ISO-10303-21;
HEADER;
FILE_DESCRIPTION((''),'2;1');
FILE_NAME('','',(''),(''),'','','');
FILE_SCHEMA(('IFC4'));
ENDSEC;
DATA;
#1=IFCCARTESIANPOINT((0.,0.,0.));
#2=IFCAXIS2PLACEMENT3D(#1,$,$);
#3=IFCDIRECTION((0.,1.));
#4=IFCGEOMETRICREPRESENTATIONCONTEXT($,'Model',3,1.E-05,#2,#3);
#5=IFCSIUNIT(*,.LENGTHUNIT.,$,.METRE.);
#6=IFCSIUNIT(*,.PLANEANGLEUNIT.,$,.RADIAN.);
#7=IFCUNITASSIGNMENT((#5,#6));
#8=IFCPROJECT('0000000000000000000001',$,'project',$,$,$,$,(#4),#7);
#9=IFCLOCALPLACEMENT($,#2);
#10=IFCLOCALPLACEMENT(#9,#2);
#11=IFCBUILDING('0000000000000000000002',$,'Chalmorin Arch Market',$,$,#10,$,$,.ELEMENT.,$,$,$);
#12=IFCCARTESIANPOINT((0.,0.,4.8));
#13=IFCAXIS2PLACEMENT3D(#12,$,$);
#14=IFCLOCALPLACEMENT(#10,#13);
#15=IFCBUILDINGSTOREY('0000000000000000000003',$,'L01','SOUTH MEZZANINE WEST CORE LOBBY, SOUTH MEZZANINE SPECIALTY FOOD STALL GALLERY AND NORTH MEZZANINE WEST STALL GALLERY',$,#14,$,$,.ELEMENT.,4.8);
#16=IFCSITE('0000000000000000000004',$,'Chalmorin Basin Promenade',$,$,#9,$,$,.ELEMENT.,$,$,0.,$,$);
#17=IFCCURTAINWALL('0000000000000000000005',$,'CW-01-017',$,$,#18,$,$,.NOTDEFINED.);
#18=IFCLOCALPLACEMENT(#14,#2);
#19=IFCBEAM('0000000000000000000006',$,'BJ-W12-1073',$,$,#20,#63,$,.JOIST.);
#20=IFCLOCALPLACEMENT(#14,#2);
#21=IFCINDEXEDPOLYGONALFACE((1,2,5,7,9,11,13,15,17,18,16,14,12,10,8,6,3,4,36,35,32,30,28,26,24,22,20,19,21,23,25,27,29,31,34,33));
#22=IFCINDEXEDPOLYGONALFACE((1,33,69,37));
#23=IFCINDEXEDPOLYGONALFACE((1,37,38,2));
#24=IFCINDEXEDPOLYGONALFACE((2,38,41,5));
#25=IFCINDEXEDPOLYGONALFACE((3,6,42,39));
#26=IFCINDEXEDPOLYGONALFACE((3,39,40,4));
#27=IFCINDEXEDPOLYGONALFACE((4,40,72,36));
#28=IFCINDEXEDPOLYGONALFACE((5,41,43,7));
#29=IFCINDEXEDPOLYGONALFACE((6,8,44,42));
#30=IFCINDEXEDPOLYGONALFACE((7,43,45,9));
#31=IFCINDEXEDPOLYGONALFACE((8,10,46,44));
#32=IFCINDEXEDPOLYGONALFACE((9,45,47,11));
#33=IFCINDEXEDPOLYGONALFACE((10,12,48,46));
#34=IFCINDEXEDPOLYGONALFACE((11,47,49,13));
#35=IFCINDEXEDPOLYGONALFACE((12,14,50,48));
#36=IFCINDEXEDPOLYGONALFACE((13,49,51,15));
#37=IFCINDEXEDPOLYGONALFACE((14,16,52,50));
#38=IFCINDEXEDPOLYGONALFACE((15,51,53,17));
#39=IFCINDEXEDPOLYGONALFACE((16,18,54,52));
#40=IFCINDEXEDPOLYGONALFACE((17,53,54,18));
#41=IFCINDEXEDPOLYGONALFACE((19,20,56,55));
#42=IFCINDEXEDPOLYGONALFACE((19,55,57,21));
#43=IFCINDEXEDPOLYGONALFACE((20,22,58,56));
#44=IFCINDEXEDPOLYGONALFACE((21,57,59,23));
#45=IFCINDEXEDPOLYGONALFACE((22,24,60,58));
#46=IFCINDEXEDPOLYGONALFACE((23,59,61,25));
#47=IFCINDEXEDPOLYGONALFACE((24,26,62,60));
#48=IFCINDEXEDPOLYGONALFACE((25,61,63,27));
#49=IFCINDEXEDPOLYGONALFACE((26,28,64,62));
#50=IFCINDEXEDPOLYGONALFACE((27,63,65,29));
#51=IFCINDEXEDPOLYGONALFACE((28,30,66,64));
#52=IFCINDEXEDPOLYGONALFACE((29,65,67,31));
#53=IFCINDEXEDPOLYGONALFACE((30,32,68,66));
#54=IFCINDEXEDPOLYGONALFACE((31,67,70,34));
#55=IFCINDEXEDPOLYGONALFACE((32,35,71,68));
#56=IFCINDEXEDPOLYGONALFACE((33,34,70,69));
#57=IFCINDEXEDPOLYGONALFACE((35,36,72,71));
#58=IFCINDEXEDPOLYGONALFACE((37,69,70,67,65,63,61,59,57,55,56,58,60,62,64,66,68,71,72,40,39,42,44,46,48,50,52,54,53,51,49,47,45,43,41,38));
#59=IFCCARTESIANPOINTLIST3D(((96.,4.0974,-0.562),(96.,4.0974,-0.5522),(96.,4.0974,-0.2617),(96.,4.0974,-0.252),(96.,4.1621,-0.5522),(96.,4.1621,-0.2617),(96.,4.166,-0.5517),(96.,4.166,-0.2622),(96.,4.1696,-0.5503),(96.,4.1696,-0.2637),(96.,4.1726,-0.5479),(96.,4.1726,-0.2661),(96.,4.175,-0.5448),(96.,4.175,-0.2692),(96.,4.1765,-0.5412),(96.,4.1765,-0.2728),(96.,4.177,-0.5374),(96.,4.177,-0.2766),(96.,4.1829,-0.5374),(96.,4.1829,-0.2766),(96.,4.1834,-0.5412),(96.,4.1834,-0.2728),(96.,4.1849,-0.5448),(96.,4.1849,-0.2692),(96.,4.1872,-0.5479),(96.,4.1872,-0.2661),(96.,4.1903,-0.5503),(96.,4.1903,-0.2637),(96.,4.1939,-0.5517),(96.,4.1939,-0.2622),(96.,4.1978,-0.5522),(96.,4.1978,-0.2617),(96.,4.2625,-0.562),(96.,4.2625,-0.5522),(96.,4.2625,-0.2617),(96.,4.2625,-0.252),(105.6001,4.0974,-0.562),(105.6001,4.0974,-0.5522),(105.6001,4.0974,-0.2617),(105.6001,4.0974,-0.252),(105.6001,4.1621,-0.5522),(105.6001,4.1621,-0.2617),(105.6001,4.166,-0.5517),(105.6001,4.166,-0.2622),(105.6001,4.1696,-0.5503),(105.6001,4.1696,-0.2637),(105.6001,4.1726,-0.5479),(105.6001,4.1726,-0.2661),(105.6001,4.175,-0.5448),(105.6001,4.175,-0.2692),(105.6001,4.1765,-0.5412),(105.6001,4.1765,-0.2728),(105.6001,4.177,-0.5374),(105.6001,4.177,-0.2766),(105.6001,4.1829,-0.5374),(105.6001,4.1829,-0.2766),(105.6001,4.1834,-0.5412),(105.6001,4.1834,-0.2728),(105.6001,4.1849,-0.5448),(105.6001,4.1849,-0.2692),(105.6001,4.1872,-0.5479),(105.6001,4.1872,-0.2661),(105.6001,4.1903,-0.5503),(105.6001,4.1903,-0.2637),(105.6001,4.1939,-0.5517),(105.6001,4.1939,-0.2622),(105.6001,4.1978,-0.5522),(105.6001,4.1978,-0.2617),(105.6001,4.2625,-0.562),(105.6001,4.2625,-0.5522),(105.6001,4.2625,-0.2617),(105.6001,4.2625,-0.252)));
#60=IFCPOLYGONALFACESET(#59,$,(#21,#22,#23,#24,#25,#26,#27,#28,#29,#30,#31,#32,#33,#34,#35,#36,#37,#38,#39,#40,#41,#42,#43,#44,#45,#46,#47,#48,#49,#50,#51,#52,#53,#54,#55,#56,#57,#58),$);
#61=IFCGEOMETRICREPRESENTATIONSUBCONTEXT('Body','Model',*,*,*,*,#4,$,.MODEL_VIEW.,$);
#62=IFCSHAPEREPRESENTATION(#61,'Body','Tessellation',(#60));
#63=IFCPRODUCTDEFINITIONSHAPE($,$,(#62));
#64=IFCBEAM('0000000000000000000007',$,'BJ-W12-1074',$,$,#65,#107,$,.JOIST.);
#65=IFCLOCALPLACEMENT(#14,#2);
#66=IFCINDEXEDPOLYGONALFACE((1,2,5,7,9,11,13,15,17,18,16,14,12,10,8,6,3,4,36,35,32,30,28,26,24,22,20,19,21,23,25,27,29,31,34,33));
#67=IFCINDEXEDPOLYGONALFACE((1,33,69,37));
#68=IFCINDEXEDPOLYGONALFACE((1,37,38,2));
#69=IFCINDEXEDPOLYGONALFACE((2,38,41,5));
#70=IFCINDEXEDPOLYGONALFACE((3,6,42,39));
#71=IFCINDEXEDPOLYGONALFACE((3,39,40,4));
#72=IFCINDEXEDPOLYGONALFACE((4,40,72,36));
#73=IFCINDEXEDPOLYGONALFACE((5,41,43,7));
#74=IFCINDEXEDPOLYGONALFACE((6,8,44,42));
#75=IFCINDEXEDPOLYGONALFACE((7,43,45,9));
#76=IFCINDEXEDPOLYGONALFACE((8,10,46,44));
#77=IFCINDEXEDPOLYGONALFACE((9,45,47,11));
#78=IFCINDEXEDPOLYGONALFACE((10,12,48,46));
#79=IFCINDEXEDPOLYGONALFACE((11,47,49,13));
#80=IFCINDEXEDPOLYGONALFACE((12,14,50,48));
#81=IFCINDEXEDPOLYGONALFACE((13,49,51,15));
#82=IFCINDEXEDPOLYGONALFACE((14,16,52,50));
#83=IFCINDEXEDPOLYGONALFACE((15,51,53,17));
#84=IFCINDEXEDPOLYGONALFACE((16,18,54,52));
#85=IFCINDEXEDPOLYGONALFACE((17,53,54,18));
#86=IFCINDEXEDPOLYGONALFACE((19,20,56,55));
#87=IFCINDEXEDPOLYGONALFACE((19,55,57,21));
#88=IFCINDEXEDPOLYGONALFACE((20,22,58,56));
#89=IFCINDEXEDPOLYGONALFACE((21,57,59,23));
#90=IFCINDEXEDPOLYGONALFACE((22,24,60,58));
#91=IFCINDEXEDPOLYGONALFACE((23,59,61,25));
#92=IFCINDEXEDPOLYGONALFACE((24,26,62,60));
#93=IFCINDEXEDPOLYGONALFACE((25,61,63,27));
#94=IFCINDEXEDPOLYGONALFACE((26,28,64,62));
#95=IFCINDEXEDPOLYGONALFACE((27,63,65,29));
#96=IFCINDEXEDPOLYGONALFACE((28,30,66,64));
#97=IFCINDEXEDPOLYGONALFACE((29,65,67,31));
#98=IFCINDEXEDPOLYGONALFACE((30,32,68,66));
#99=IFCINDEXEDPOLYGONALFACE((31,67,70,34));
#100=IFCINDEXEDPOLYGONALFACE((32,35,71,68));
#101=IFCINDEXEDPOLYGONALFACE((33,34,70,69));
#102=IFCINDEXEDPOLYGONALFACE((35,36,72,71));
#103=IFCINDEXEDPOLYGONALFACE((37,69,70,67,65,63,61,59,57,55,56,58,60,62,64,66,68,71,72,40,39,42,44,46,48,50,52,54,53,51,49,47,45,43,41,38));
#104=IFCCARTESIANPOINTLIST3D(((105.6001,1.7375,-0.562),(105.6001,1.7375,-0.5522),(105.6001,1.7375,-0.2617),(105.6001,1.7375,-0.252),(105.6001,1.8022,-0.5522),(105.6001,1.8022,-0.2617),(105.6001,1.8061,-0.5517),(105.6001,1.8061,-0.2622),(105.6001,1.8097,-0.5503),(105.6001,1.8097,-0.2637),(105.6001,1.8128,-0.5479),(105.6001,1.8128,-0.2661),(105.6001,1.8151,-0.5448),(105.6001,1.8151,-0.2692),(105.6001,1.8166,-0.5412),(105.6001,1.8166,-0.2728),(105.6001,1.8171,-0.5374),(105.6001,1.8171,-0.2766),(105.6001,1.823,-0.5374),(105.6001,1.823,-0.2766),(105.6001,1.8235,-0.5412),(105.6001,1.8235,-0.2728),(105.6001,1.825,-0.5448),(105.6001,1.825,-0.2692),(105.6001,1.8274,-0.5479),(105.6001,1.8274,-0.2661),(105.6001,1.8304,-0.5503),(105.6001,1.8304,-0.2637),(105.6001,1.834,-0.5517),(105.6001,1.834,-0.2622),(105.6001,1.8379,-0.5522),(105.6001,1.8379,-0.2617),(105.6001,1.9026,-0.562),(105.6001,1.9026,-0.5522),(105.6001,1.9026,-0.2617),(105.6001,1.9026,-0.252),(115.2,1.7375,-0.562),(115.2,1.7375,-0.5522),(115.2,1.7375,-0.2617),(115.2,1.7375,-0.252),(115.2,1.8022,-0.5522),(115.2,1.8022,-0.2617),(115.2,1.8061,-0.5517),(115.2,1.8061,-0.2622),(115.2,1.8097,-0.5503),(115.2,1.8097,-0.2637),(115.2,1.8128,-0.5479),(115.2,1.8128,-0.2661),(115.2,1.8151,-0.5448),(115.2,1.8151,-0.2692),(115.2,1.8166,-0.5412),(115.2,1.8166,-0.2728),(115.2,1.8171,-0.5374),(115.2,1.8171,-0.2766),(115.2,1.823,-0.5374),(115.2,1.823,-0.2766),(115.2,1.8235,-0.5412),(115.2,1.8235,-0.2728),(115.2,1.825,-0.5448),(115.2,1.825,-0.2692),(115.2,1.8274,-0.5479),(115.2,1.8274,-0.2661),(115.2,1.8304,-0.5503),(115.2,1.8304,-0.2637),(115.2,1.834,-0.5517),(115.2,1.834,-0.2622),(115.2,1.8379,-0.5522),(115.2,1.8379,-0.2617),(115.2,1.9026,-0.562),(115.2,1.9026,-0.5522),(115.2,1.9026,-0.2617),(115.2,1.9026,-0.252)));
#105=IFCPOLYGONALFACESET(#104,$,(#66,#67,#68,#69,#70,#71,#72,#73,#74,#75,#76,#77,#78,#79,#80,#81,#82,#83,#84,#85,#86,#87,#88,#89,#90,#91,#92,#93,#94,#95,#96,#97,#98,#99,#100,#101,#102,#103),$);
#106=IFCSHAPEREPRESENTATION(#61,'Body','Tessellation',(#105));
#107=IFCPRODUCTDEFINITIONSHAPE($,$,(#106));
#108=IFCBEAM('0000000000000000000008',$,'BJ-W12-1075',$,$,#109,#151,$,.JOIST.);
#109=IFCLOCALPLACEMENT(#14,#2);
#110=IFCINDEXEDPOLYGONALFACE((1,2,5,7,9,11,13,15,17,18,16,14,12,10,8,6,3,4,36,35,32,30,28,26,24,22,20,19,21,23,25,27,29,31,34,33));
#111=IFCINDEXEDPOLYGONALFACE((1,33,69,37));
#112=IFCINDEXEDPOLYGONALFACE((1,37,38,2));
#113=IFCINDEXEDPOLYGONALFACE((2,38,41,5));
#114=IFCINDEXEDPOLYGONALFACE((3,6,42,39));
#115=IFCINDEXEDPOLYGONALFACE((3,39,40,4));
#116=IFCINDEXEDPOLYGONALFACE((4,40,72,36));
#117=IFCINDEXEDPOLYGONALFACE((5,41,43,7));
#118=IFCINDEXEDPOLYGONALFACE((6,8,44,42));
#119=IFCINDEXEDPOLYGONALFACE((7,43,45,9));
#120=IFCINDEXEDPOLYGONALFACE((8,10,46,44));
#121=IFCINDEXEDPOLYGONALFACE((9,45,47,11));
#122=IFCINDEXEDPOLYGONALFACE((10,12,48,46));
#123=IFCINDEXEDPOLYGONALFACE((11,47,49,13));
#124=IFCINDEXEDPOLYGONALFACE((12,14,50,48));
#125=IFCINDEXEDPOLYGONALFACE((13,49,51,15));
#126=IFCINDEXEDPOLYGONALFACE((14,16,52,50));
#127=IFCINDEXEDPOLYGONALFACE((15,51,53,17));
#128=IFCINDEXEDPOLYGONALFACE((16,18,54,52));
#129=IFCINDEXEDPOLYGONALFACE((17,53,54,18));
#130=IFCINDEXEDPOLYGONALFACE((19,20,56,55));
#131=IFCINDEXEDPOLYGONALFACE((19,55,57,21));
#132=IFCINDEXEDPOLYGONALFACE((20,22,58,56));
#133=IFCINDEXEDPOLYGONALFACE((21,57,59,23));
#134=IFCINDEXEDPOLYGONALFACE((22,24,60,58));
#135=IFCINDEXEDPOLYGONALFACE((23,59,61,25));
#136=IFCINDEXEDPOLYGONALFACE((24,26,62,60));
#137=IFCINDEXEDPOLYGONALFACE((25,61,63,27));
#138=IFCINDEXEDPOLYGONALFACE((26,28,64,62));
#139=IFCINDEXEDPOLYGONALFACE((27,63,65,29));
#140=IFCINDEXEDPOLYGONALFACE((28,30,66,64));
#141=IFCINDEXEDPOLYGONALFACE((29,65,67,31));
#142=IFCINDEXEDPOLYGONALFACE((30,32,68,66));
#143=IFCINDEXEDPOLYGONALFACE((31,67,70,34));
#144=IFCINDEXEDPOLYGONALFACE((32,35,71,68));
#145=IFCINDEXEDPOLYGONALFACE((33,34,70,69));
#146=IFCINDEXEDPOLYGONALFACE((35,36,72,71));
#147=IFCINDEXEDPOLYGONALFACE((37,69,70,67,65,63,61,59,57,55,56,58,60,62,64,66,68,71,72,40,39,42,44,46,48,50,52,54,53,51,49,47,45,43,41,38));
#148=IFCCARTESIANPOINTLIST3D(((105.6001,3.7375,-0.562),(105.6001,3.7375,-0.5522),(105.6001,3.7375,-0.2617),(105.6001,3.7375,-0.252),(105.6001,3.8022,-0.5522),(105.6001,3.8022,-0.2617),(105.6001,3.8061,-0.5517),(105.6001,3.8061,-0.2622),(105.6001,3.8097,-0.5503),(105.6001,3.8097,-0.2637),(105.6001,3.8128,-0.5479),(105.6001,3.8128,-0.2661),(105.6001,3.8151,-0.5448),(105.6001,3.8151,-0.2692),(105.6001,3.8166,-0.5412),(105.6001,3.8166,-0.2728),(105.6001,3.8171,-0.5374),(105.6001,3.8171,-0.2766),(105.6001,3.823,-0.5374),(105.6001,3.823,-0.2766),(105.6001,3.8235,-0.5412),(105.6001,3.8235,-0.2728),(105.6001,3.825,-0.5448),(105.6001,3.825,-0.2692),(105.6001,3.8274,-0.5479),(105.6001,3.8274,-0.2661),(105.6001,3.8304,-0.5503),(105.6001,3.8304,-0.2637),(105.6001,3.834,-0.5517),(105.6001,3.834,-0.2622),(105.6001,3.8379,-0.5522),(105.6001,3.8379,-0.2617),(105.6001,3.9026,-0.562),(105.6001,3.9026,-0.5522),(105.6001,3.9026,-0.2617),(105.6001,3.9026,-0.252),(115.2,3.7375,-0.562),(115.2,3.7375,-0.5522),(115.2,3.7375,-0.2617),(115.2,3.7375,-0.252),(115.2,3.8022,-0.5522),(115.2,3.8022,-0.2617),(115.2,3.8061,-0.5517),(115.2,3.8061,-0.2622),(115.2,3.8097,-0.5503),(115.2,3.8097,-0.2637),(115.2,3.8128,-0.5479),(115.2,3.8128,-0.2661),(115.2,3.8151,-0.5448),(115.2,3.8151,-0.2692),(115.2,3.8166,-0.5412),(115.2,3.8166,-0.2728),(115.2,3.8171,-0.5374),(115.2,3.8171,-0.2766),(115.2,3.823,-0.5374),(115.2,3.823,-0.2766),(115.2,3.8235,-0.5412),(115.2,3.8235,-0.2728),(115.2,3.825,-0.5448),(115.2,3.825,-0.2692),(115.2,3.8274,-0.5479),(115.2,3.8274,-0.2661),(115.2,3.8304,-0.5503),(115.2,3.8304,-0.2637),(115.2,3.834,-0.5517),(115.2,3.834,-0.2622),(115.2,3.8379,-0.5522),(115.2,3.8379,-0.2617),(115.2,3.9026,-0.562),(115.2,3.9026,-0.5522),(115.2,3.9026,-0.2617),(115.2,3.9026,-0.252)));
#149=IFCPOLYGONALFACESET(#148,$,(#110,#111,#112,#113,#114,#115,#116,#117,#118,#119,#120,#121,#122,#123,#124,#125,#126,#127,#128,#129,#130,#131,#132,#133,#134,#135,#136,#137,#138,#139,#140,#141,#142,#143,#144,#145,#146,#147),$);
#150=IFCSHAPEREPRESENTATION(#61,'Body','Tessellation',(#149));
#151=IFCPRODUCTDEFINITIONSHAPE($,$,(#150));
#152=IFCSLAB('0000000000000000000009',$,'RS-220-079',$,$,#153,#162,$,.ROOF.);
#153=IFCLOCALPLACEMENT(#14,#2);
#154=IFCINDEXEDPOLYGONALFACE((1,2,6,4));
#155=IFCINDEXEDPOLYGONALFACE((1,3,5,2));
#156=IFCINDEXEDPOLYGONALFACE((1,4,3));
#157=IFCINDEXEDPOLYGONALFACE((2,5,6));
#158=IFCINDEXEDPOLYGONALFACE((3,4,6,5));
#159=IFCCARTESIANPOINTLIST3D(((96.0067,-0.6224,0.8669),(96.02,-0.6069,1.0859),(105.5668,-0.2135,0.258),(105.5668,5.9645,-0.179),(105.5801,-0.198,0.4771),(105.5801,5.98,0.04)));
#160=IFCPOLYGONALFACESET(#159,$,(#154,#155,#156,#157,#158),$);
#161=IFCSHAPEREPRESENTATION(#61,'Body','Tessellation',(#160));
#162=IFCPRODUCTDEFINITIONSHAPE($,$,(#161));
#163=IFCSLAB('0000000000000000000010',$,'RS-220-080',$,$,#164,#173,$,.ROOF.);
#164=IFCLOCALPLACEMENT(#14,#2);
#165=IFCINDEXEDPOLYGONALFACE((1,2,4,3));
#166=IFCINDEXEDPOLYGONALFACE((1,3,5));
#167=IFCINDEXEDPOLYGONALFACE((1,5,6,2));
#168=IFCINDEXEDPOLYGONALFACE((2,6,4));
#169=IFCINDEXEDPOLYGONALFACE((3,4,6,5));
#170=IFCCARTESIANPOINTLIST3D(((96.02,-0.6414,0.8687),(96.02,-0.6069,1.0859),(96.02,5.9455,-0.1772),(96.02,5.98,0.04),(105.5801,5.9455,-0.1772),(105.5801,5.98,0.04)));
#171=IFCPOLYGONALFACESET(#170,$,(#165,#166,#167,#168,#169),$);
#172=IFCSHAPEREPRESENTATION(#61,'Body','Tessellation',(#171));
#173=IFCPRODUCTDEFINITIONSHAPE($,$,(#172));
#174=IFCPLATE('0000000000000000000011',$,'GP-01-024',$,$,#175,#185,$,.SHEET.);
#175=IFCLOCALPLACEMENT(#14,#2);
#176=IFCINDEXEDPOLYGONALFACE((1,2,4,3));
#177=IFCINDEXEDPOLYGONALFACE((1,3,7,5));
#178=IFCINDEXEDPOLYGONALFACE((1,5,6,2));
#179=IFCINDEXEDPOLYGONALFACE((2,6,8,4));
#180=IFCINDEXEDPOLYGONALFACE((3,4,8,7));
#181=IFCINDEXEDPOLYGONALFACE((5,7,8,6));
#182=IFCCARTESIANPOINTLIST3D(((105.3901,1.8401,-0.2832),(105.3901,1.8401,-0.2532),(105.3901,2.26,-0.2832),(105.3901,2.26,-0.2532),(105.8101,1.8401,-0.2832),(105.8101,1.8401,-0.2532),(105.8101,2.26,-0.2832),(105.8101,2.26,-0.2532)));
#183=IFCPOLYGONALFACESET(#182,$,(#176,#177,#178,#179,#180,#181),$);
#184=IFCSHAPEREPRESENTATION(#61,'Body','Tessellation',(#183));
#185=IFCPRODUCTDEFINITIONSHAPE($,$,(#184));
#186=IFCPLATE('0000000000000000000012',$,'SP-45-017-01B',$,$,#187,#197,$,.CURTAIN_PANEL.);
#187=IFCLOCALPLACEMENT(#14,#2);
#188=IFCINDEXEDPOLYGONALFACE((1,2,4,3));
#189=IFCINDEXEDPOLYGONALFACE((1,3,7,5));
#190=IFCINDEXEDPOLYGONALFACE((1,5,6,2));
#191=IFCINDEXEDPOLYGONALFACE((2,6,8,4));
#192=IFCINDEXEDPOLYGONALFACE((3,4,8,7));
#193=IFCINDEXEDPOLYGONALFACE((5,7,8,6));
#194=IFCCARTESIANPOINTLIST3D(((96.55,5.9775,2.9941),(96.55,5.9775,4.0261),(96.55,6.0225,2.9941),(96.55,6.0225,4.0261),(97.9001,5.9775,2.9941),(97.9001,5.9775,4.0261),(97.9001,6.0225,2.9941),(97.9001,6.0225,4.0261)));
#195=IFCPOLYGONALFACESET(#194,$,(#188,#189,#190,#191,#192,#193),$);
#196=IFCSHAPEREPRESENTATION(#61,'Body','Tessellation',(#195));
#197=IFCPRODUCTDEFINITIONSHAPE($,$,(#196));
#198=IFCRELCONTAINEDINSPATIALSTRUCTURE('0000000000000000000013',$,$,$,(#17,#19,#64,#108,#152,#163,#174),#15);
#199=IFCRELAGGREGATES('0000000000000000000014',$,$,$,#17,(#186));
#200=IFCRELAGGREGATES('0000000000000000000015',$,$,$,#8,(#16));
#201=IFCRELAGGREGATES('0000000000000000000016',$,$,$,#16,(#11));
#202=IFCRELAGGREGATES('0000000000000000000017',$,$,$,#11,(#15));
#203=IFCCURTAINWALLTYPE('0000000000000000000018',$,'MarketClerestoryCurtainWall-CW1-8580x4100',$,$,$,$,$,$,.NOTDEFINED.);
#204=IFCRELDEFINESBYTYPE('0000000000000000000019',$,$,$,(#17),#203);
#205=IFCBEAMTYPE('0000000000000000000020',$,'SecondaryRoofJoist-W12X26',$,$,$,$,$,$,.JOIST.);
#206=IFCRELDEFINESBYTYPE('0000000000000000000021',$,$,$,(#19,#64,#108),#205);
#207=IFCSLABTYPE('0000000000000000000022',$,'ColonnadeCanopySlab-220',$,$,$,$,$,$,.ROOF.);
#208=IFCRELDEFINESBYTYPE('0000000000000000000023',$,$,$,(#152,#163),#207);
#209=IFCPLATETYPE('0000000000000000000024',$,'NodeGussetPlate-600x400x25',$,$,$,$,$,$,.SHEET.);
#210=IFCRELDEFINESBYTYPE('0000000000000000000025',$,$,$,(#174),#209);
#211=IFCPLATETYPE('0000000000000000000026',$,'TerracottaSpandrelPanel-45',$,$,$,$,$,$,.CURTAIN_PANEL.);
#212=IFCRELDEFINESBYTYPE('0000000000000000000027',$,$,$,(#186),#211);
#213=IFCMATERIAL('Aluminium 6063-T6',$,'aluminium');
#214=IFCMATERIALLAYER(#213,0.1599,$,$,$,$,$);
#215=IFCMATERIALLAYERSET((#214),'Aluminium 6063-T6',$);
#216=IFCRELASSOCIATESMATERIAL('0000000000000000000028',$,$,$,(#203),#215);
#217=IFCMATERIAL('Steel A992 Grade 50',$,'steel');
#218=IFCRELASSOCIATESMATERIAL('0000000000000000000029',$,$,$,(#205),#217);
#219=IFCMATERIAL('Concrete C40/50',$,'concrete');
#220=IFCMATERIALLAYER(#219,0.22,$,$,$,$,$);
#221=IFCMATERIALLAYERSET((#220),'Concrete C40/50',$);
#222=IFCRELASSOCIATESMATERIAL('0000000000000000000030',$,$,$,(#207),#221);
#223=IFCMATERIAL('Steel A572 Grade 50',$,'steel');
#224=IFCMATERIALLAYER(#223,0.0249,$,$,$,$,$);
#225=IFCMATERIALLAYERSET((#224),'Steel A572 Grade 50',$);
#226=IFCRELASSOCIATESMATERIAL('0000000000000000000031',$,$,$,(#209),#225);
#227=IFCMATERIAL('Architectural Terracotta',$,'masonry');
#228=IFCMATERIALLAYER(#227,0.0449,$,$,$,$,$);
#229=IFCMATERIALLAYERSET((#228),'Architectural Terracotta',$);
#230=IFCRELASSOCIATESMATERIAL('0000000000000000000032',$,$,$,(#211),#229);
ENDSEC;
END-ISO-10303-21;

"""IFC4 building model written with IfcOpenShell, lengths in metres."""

from ifc_helpers import new_model, si_unit, direction, frame, origin, origin_2d, place, context, subcontext, project, spatial, polyline, rectangle, i_section, outline, extrude, material, layer, layer_set, material_profile, profile_set, type_object, element, aggregate, save


model = new_model("IFC4")

# Units and contexts
model_context = context("Model", 3, precision=1e-05, world=origin(), true_north=direction((0.0, 1.0)))
body_context = subcontext(model_context, "Body", "Model", "MODEL_VIEW")
ifc_project = project(units=[si_unit("LENGTHUNIT", "METRE"), si_unit("PLANEANGLEUNIT", "RADIAN")], contexts=[model_context])

# Site, building, storey
site_placement = place(None, origin())
site = spatial("IfcSite", under=ifc_project, at=site_placement, Name="Chalmorin Basin Promenade", CompositionType="ELEMENT", RefElevation=0.0)
building_placement = place(site_placement, origin())
building = spatial("IfcBuilding", under=site, at=building_placement, Name="Chalmorin Arch Market", CompositionType="ELEMENT")
storey_placement = place(building_placement, frame((0.0, 0.0, 4.8)))
storey = spatial("IfcBuildingStorey", under=building, at=storey_placement, Name="L01", Description="SOUTH MEZZANINE WEST CORE LOBBY, SOUTH MEZZANINE SPECIALTY FOOD STALL GALLERY AND NORTH MEZZANINE WEST STALL GALLERY", CompositionType="ELEMENT", Elevation=4.8)

# Shared definitions
ifc_material_1 = material(Name="Concrete C40/50", Category="concrete")

# Curtain wall
ifc_material_2 = material(Name="Aluminium 6063-T6", Category="aluminium")
ifc_layer_1 = layer(ifc_material_2, 0.1599)
ifc_layer_set_1 = layer_set([ifc_layer_1], Name="Aluminium 6063-T6")
curtain_wall_type = type_object("IfcCurtainWallType", Name="MarketClerestoryCurtainWall-CW1-8580x4100", PredefinedType="NOTDEFINED", material=ifc_layer_set_1)
curtain_wall_placement = place(storey_placement, origin())
curtain_wall = element("IfcCurtainWall", 1, at=curtain_wall_placement, inside=storey, type_object=curtain_wall_type, Name="CW-01-017", PredefinedType="NOTDEFINED")

# Beams
ifc_material_3 = material(Name="Steel A992 Grade 50", Category="steel")
ifc_material_profile_1 = material_profile(ifc_material_3, i_section(OverallWidth=0.165, OverallDepth=0.3101, WebThickness=0.0059, FlangeThickness=0.0098, FilletRadius=0.0149, at=origin_2d()), Name="W12X26")
ifc_profile_set_1 = profile_set([ifc_material_profile_1], Name="Steel A992 Grade 50")
beam_type_1 = type_object("IfcBeamType", Name="SecondaryRoofJoist-W12X26", PredefinedType="JOIST", material=ifc_profile_set_1)
beam_1_placement = place(storey_placement, frame((96.0, 4.1799, -0.407), z_axis=(1.0, 0.0, 0.0), x_axis=(0.0, 1.0, 0.0)))
element("IfcBeam", 2, at=beam_1_placement, inside=storey, type_object=beam_type_1, Name="BJ-W12-1073", PredefinedType="JOIST", context=body_context, shape_type="SweptSolid", body=[
    extrude(i_section(OverallWidth=0.165, OverallDepth=0.3101, WebThickness=0.0059, FlangeThickness=0.0098, FilletRadius=0.0149, at=origin_2d()), origin(), (0.0, 0.0, 1.0), 9.6001),
])
for number, where, z_axis, x_axis, name in (
    (3, (105.6001, 1.8201, -0.407), (1.0, 0.0, 0.0), (0.0, 1.0, 0.0), "BJ-W12-1074"),
    (4, (105.6001, 3.8201, -0.407), (1.0, 0.0, 0.0), (0.0, 1.0, 0.0), "BJ-W12-1075"),
):
    element("IfcBeam", number, at=place(storey_placement, frame(where, z_axis=z_axis, x_axis=x_axis)), inside=storey, type_object=beam_type_1, Name=name, PredefinedType="JOIST", context=body_context, shape_type="SweptSolid", body=[
        extrude(i_section(OverallWidth=0.165, OverallDepth=0.3101, WebThickness=0.0059, FlangeThickness=0.0098, FilletRadius=0.0149, at=origin_2d()), origin(), (0.0, 0.0, 1.0), 9.5999),
    ])

# Slabs
ifc_layer_2 = layer(ifc_material_1, 0.22)
ifc_layer_set_2 = layer_set([ifc_layer_2], Name="Concrete C40/50")
slab_type = type_object("IfcSlabType", Name="ColonnadeCanopySlab-220", PredefinedType="ROOF", material=ifc_layer_set_2)
slab_1_placement = place(storey_placement, frame((96.02, -0.6069, 1.0859), z_axis=(0.060403, 0.070432, 0.995686), x_axis=(0.99707, 0.04265, -0.063504)))
element("IfcSlab", 5, at=slab_1_placement, inside=storey, type_object=slab_type, Name="RS-220-079", PredefinedType="ROOF", context=body_context, shape_type="SweptSolid", body=[
    extrude(outline(polyline([(0.0, 0.0), (9.5882, 0.0), (9.8794, 6.1866), (0.0, 0.0)])), origin(), (0.0, 0.0, -1.0), 0.22),
])
slab_2_placement = place(storey_placement, frame((96.02, -0.6069, 1.0859), z_axis=(0.0, 0.15682, 0.987627), x_axis=(0.820142, 0.565081, -0.089726)))
element("IfcSlab", 6, at=slab_2_placement, inside=storey, type_object=slab_type, Name="RS-220-080", PredefinedType="ROOF", context=body_context, shape_type="SweptSolid", body=[
    extrude(outline(polyline([(0.0, 0.0), (11.6566, 0.0), (3.816, 5.4699), (0.0, 0.0)])), origin(), (0.0, 0.0, -1.0), 0.22),
])

# Plates
ifc_material_4 = material(Name="Steel A572 Grade 50", Category="steel")
ifc_layer_3 = layer(ifc_material_4, 0.0249)
ifc_layer_set_3 = layer_set([ifc_layer_3], Name="Steel A572 Grade 50")
plate_type_1 = type_object("IfcPlateType", Name="NodeGussetPlate-600x400x25", PredefinedType="SHEET", material=ifc_layer_set_3)
plate_1_placement = place(storey_placement, frame((105.6001, 2.05, -0.2832), z_axis=(0.0, 0.0, 1.0), x_axis=(1.0, 0.0, 0.0)))
element("IfcPlate", 7, at=plate_1_placement, inside=storey, type_object=plate_type_1, Name="GP-01-024", PredefinedType="SHEET", context=body_context, shape_type="SweptSolid", body=[
    extrude(rectangle(XDim=0.4199, YDim=0.4199, at=origin_2d()), origin(), (0.0, 0.0, 1.0), 0.03),
])
ifc_material_5 = material(Name="Architectural Terracotta", Category="masonry")
ifc_layer_4 = layer(ifc_material_5, 0.0449)
ifc_layer_set_4 = layer_set([ifc_layer_4], Name="Architectural Terracotta")
plate_type_2 = type_object("IfcPlateType", Name="TerracottaSpandrelPanel-45", PredefinedType="CURTAIN_PANEL", material=ifc_layer_set_4)
plate_2_placement = place(storey_placement, frame((97.2251, 6.0, 2.9941), z_axis=(0.0, 0.0, 1.0), x_axis=(1.0, 0.0, 0.0)))
plate_2 = element("IfcPlate", 8, at=plate_2_placement, type_object=plate_type_2, Name="SP-45-017-01B", PredefinedType="CURTAIN_PANEL", context=body_context, shape_type="SweptSolid", body=[
    extrude(rectangle(XDim=1.3501, YDim=0.0449, at=origin_2d()), origin(), (0.0, 0.0, 1.0), 1.032),
])
aggregate(curtain_wall, [plate_2])

save(model, "model.ifc")
